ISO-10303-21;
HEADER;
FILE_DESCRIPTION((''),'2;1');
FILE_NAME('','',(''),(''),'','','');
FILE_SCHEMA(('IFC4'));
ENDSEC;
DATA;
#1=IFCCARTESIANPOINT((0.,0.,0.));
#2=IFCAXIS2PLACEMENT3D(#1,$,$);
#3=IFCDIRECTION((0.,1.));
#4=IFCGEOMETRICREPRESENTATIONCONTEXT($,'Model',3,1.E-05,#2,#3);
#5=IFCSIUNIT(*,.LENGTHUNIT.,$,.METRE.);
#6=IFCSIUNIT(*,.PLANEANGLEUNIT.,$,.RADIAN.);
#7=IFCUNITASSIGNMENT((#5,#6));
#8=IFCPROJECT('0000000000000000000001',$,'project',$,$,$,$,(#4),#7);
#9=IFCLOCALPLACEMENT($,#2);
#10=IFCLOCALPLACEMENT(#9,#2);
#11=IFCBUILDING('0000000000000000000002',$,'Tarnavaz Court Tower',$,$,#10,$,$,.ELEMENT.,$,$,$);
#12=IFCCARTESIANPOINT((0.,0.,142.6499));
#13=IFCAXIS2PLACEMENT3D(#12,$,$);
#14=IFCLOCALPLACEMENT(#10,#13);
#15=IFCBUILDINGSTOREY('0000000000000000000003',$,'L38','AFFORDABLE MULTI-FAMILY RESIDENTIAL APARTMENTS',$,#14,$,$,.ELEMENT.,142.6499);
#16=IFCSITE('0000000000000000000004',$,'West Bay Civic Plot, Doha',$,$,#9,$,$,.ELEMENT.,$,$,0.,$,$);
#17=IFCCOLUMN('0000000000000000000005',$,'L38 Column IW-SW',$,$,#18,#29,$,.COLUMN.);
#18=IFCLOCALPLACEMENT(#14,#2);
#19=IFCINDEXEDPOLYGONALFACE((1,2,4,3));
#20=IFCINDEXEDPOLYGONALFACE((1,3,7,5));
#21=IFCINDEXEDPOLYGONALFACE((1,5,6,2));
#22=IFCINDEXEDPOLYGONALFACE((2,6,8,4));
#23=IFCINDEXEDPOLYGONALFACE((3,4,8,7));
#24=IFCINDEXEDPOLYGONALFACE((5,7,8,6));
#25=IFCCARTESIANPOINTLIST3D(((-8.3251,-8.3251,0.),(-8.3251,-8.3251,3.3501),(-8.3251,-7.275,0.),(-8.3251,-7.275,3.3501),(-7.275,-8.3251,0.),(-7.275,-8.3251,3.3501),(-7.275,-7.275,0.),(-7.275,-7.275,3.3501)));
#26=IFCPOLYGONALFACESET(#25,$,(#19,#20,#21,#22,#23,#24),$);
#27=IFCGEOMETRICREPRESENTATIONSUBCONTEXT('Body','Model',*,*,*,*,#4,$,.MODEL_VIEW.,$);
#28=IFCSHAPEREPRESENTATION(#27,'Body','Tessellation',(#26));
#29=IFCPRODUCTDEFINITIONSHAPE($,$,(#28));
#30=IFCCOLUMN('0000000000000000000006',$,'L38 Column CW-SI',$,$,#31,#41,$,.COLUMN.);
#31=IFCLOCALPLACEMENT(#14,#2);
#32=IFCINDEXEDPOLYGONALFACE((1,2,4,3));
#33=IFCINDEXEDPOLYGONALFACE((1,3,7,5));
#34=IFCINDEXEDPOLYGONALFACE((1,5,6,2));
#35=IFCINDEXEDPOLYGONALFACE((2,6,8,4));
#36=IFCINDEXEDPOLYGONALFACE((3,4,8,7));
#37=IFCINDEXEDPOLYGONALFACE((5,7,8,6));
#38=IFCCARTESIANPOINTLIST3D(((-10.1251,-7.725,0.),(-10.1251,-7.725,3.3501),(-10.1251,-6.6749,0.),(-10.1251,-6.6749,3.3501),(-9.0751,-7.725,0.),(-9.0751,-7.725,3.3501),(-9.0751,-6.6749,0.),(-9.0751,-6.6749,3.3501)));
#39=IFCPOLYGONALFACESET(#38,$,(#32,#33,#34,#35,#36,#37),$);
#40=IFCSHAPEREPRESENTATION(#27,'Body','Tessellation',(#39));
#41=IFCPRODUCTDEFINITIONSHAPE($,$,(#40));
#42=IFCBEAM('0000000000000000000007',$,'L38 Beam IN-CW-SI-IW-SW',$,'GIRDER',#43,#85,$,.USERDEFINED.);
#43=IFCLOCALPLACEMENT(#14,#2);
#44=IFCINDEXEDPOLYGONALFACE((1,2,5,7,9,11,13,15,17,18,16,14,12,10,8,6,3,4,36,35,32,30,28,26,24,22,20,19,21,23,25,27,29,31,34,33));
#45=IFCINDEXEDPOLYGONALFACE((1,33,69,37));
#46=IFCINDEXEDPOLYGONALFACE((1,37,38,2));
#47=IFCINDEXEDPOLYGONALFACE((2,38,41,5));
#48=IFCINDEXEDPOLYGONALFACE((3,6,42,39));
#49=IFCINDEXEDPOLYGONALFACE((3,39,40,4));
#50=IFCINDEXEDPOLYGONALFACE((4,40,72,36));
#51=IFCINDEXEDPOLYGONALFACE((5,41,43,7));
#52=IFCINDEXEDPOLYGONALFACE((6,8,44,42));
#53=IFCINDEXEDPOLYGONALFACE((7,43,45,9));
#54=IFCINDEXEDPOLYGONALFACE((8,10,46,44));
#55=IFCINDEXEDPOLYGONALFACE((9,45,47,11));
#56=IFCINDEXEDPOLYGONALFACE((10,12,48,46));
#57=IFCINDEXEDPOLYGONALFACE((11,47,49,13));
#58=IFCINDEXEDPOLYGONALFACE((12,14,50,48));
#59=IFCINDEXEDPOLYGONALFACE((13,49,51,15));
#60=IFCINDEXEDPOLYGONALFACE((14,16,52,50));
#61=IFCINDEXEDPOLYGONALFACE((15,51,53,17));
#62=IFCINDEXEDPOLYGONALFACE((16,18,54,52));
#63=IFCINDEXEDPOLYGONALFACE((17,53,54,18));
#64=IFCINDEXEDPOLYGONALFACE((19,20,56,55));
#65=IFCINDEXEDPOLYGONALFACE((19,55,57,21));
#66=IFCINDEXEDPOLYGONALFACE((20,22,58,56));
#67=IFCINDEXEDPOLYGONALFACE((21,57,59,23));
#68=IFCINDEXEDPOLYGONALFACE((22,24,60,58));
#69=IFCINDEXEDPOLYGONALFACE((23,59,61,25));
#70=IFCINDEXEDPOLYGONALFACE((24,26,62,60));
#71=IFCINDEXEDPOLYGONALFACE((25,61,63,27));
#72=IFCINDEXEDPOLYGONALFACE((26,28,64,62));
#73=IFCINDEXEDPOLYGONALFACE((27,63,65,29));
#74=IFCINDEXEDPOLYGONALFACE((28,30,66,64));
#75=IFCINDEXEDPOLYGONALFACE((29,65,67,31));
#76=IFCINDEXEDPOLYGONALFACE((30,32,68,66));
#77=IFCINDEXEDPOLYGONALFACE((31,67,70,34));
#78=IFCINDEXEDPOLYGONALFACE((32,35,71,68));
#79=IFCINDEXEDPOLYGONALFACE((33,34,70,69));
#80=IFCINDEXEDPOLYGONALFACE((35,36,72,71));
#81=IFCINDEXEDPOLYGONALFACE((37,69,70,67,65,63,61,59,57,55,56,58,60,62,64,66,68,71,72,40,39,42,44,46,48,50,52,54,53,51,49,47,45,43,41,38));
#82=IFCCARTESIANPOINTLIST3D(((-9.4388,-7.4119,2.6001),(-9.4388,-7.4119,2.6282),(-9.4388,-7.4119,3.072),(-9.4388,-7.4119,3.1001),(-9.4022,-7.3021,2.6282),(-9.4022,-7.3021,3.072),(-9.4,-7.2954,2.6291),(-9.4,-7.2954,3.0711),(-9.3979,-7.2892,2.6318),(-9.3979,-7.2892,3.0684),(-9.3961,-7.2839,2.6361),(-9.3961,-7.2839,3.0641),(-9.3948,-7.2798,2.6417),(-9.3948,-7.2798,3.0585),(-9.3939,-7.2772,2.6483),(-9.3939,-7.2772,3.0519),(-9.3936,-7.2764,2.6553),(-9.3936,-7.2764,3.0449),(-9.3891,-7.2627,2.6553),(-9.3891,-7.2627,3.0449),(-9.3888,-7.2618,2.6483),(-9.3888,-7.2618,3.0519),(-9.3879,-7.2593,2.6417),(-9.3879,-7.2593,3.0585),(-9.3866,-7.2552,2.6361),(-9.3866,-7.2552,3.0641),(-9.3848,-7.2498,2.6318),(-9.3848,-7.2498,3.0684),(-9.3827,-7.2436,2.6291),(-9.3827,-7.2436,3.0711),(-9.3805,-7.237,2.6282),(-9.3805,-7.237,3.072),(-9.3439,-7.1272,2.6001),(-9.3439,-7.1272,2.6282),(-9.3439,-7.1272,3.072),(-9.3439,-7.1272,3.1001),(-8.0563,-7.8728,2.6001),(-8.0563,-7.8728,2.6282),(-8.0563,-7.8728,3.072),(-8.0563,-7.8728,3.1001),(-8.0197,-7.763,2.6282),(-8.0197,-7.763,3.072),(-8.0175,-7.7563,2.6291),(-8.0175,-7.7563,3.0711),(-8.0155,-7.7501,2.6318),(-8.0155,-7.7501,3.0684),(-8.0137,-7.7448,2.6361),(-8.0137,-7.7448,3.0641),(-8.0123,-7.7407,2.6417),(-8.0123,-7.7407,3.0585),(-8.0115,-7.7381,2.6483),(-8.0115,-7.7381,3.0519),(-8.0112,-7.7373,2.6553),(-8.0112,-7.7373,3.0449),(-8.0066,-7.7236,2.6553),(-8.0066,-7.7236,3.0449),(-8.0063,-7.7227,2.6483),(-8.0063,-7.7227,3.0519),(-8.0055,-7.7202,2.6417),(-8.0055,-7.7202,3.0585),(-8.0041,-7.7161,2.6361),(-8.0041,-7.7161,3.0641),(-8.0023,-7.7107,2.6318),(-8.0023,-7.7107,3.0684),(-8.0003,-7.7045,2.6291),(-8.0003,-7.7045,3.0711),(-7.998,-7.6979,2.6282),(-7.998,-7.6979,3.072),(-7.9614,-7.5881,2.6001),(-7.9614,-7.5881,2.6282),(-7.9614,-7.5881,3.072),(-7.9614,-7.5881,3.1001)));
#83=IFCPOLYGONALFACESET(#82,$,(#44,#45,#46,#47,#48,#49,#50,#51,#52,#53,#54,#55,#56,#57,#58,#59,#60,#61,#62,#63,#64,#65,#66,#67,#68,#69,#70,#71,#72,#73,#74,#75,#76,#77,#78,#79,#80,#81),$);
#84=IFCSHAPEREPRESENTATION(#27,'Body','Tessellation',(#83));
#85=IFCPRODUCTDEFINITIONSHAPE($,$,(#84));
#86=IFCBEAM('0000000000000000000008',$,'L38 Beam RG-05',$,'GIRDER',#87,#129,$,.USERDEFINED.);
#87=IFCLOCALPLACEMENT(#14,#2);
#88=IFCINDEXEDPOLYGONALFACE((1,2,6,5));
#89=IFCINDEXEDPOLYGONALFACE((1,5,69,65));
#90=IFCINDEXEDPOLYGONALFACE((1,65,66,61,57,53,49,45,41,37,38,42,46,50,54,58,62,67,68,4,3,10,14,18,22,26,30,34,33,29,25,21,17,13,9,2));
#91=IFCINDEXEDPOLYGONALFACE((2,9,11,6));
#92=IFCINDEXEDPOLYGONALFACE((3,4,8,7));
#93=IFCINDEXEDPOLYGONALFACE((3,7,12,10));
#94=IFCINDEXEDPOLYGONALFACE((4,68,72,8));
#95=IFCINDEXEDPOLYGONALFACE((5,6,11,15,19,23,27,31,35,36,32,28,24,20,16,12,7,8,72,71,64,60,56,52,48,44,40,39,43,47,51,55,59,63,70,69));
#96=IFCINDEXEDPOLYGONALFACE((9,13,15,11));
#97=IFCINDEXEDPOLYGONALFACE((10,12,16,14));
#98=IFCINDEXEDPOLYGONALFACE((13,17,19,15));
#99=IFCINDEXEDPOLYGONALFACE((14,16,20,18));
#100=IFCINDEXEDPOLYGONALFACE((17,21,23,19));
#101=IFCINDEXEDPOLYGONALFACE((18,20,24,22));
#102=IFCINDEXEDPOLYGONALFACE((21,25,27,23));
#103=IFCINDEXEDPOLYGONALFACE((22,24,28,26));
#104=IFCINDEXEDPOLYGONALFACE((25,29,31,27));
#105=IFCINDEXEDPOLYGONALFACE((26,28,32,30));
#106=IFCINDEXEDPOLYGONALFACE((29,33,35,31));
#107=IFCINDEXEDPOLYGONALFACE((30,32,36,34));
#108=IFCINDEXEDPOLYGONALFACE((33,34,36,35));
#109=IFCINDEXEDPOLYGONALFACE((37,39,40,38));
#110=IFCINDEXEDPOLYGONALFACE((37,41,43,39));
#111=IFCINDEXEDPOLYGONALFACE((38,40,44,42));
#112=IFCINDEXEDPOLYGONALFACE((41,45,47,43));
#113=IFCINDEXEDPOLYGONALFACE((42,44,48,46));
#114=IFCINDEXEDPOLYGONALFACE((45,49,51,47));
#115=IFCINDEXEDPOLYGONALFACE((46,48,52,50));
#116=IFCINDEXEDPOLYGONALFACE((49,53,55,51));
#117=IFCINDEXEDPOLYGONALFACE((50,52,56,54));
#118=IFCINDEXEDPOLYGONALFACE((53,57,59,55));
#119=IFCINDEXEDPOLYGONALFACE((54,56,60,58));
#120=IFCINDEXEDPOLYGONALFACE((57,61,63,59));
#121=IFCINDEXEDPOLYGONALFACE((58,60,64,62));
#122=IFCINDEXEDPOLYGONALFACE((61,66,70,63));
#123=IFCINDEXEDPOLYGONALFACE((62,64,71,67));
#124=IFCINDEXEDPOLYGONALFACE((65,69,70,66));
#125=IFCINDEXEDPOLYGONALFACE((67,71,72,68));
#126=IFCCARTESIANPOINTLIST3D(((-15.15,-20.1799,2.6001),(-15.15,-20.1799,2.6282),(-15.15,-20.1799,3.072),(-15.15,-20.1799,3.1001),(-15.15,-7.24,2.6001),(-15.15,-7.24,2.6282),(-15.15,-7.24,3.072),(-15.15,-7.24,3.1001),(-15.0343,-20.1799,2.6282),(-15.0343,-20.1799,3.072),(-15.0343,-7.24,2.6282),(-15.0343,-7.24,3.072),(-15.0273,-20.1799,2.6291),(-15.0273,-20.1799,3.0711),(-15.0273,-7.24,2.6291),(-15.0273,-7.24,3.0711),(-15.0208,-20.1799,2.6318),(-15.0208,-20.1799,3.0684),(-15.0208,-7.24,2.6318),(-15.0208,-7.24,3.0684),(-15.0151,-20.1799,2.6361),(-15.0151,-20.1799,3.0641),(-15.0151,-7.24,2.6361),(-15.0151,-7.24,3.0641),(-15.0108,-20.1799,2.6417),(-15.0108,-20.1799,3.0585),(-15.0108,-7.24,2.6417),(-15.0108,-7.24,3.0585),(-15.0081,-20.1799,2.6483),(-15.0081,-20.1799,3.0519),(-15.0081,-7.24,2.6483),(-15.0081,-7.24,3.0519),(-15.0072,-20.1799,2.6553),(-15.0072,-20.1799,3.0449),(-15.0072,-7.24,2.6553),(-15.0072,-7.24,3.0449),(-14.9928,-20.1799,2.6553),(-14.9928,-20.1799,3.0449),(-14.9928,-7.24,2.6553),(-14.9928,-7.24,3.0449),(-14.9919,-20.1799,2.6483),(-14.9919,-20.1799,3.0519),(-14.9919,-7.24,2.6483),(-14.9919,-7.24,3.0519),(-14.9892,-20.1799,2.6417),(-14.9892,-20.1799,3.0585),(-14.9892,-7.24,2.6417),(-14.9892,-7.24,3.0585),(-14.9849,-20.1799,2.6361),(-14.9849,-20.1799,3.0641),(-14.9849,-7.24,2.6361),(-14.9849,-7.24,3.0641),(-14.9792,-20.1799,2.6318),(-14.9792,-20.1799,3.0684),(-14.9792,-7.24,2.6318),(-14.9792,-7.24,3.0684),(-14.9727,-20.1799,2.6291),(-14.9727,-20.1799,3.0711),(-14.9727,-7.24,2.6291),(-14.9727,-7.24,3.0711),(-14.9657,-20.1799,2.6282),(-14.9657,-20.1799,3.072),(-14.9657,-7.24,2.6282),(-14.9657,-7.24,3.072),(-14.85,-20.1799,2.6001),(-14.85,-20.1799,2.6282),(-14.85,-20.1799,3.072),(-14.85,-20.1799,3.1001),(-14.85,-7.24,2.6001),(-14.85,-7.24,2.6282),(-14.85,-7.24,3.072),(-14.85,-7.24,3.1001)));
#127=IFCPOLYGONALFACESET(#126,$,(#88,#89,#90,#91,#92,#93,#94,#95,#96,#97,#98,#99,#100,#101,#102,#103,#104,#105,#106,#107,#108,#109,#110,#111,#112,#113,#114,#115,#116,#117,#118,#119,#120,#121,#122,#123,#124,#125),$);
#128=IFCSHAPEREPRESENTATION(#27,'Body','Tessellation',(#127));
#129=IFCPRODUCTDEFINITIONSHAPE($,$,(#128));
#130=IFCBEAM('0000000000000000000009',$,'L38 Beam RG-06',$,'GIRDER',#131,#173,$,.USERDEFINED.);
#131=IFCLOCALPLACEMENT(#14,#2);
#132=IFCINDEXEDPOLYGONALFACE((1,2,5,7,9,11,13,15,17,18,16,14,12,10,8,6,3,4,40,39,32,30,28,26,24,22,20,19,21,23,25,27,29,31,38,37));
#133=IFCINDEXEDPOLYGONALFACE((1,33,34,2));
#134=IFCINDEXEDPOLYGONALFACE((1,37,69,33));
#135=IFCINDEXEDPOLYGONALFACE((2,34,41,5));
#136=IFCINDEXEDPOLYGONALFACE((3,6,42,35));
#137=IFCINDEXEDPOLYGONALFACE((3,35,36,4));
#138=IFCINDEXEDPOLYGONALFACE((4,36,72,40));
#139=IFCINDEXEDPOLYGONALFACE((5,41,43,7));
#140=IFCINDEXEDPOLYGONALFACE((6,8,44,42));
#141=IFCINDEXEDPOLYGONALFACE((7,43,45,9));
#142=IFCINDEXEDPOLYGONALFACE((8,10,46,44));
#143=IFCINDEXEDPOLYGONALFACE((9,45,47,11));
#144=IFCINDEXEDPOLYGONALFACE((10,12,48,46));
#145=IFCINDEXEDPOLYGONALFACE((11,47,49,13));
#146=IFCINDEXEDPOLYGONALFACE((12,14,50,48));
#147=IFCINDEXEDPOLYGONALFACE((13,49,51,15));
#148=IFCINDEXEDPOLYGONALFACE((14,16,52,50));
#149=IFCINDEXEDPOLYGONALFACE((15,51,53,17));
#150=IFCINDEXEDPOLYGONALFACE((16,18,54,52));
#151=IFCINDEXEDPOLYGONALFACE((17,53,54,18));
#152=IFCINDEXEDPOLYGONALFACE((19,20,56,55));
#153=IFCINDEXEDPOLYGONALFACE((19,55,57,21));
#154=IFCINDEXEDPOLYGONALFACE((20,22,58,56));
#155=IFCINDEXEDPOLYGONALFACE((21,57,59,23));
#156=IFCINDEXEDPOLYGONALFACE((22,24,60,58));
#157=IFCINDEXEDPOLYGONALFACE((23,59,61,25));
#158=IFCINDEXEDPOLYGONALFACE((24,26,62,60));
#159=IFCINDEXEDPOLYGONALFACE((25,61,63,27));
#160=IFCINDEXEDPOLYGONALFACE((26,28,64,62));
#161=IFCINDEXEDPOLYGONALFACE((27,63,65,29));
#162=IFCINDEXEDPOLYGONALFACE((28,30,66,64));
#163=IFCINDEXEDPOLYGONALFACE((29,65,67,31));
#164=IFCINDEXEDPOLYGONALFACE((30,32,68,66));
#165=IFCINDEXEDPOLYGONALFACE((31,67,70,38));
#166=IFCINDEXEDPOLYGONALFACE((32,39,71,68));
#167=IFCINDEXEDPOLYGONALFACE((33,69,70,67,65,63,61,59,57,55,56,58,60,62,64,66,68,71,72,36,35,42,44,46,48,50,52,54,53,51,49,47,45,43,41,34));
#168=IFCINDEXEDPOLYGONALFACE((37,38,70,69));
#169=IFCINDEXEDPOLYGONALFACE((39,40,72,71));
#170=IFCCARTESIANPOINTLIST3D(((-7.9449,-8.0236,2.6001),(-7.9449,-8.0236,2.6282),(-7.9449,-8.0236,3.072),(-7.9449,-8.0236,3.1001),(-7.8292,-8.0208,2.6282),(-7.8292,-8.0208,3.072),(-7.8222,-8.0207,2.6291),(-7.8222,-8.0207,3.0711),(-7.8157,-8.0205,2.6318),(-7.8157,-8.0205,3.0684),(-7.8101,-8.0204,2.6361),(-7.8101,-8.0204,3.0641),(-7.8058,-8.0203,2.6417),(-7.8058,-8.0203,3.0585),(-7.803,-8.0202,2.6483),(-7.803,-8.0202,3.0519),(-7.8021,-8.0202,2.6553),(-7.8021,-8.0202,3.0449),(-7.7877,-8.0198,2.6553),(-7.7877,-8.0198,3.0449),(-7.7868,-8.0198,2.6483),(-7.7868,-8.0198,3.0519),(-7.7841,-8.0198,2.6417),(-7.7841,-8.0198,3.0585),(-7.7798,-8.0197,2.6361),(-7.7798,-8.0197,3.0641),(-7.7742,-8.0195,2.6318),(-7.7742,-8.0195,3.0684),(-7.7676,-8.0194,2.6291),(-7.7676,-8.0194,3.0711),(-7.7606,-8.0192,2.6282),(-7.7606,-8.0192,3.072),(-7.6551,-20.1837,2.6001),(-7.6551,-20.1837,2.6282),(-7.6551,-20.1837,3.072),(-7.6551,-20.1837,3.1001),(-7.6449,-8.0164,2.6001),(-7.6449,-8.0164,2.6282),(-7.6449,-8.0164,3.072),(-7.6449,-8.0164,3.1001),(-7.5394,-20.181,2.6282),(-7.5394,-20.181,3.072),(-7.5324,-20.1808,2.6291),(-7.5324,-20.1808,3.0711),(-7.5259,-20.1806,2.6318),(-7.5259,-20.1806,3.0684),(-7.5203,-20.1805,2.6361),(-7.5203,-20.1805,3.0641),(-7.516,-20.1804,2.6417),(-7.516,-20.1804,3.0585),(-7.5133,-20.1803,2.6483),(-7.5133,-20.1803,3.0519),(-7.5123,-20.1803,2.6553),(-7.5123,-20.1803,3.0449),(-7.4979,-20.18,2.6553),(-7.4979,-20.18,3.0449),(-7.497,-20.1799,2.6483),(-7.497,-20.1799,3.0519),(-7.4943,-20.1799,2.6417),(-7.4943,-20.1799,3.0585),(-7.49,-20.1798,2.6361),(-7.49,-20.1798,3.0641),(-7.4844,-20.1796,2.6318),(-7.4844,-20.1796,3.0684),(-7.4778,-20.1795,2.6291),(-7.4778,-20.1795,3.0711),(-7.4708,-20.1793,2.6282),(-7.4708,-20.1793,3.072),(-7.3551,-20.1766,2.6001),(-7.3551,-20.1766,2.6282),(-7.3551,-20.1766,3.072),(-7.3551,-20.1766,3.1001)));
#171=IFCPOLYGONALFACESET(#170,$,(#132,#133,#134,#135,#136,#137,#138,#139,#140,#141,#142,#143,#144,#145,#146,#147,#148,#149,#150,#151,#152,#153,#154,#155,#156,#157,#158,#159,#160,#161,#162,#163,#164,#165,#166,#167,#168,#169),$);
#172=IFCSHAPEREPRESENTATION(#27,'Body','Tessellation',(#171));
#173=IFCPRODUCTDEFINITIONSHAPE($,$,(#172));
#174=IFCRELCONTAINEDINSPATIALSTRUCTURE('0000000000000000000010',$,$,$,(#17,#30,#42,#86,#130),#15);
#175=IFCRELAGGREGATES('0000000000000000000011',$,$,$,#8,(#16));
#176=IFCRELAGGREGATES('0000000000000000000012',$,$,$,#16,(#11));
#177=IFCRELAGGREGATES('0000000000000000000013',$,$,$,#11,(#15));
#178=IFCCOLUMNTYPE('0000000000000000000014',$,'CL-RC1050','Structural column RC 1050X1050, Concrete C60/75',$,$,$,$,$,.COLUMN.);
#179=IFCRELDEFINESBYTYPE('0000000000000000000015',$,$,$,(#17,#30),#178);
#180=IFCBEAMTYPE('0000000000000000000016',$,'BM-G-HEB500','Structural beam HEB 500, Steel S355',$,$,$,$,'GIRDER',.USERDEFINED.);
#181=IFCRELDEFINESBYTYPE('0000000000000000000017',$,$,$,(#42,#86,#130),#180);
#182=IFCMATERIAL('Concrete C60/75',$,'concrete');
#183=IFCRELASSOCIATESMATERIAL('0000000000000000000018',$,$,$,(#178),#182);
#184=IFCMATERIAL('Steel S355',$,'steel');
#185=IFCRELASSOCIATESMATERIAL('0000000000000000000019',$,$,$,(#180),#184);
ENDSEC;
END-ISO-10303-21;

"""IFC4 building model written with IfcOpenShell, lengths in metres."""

from ifc_helpers import new_model, si_unit, direction, frame, origin, origin_2d, place, context, subcontext, project, spatial, rectangle, i_section, extrude, material, material_profile, profile_set, type_object, element, save


model = new_model("IFC4")

# Units and contexts
model_context = context("Model", 3, precision=1e-05, world=origin(), true_north=direction((0.0, 1.0)))
body_context = subcontext(model_context, "Body", "Model", "MODEL_VIEW")
ifc_project = project(units=[si_unit("LENGTHUNIT", "METRE"), si_unit("PLANEANGLEUNIT", "RADIAN")], contexts=[model_context])

# Site, building, storey
site_placement = place(None, origin())
site = spatial("IfcSite", under=ifc_project, at=site_placement, Name="West Bay Civic Plot, Doha", CompositionType="ELEMENT", RefElevation=0.0)
building_placement = place(site_placement, origin())
building = spatial("IfcBuilding", under=site, at=building_placement, Name="Tarnavaz Court Tower", CompositionType="ELEMENT")
storey_placement = place(building_placement, frame((0.0, 0.0, 142.6499)))
storey = spatial("IfcBuildingStorey", under=building, at=storey_placement, Name="L38", Description="AFFORDABLE MULTI-FAMILY RESIDENTIAL APARTMENTS", CompositionType="ELEMENT", Elevation=142.6499)

# Columns
ifc_material_1 = material(Name="Concrete C60/75", Category="concrete")
ifc_material_profile_1 = material_profile(ifc_material_1, rectangle(XDim=1.05, YDim=1.05, at=origin_2d()), Name="RC 1050X1050")
ifc_profile_set_1 = profile_set([ifc_material_profile_1], Name="Concrete C60/75")
column_type = type_object("IfcColumnType", Name="CL-RC1050", Description="Structural column RC 1050X1050, Concrete C60/75", PredefinedType="COLUMN", material=ifc_profile_set_1)
for number, where, z_axis, x_axis, name in (
    (1, (-7.8, -7.8, 0.0), (0.0, 0.0, 1.0), (1.0, 0.0, 0.0), "L38 Column IW-SW"),
    (2, (-9.6001, -7.2, 0.0), (0.0, 0.0, 1.0), (1.0, 0.0, 0.0), "L38 Column CW-SI"),
):
    element("IfcColumn", number, at=place(storey_placement, frame(where, z_axis=z_axis, x_axis=x_axis)), inside=storey, type_object=column_type, Name=name, PredefinedType="COLUMN", context=body_context, shape_type="SweptSolid", body=[
        extrude(rectangle(XDim=1.05, YDim=1.05, at=origin_2d()), origin(), (0.0, 0.0, 1.0), 3.3501),
    ])

# Beams
ifc_material_2 = material(Name="Steel S355", Category="steel")
ifc_material_profile_2 = material_profile(ifc_material_2, i_section(OverallWidth=0.3, OverallDepth=0.5, WebThickness=0.0144, FlangeThickness=0.0281, FilletRadius=0.0271, at=origin_2d()), Name="HEB 500")
ifc_profile_set_2 = profile_set([ifc_material_profile_2], Name="Steel S355")
beam_type_1 = type_object("IfcBeamType", Name="BM-G-HEB500", Description="Structural beam HEB 500, Steel S355", ElementType="GIRDER", PredefinedType="USERDEFINED", material=ifc_profile_set_2)
beam_1_placement = place(storey_placement, frame((-9.3914, -7.2695, 2.8501), z_axis=(0.948667, -0.316278, 0.0), x_axis=(0.316278, 0.948667, 0.0)))
element("IfcBeam", 3, at=beam_1_placement, inside=storey, type_object=beam_type_1, Name="L38 Beam IN-CW-SI-IW-SW", ObjectType="GIRDER", PredefinedType="USERDEFINED", context=body_context, shape_type="SweptSolid", body=[
    extrude(i_section(OverallWidth=0.3, OverallDepth=0.5, WebThickness=0.0144, FlangeThickness=0.0281, FilletRadius=0.0271, at=origin_2d()), origin(), (0.0, 0.0, 1.0), 1.4573),
])
beam_2_placement = place(storey_placement, frame((-15.0, -7.24, 2.8501), z_axis=(0.0, -1.0, 0.0), x_axis=(1.0, 0.0, 0.0)))
element("IfcBeam", 4, at=beam_2_placement, inside=storey, type_object=beam_type_1, Name="L38 Beam RG-05", ObjectType="GIRDER", PredefinedType="USERDEFINED", context=body_context, shape_type="SweptSolid", body=[
    extrude(i_section(OverallWidth=0.3, OverallDepth=0.5, WebThickness=0.0144, FlangeThickness=0.0281, FilletRadius=0.0271, at=origin_2d()), origin(), (0.0, 0.0, 1.0), 12.9399),
])
beam_3_placement = place(storey_placement, frame((-7.7949, -8.02, 2.8501), z_axis=(0.023825, -0.999716, 0.0), x_axis=(0.999716, 0.023825, 0.0)))
element("IfcBeam", 5, at=beam_3_placement, inside=storey, type_object=beam_type_1, Name="L38 Beam RG-06", ObjectType="GIRDER", PredefinedType="USERDEFINED", context=body_context, shape_type="SweptSolid", body=[
    extrude(i_section(OverallWidth=0.3, OverallDepth=0.5, WebThickness=0.0144, FlangeThickness=0.0281, FilletRadius=0.0271, at=origin_2d()), origin(), (0.0, 0.0, 1.0), 12.1636),
])

save(model, "model.ifc")
